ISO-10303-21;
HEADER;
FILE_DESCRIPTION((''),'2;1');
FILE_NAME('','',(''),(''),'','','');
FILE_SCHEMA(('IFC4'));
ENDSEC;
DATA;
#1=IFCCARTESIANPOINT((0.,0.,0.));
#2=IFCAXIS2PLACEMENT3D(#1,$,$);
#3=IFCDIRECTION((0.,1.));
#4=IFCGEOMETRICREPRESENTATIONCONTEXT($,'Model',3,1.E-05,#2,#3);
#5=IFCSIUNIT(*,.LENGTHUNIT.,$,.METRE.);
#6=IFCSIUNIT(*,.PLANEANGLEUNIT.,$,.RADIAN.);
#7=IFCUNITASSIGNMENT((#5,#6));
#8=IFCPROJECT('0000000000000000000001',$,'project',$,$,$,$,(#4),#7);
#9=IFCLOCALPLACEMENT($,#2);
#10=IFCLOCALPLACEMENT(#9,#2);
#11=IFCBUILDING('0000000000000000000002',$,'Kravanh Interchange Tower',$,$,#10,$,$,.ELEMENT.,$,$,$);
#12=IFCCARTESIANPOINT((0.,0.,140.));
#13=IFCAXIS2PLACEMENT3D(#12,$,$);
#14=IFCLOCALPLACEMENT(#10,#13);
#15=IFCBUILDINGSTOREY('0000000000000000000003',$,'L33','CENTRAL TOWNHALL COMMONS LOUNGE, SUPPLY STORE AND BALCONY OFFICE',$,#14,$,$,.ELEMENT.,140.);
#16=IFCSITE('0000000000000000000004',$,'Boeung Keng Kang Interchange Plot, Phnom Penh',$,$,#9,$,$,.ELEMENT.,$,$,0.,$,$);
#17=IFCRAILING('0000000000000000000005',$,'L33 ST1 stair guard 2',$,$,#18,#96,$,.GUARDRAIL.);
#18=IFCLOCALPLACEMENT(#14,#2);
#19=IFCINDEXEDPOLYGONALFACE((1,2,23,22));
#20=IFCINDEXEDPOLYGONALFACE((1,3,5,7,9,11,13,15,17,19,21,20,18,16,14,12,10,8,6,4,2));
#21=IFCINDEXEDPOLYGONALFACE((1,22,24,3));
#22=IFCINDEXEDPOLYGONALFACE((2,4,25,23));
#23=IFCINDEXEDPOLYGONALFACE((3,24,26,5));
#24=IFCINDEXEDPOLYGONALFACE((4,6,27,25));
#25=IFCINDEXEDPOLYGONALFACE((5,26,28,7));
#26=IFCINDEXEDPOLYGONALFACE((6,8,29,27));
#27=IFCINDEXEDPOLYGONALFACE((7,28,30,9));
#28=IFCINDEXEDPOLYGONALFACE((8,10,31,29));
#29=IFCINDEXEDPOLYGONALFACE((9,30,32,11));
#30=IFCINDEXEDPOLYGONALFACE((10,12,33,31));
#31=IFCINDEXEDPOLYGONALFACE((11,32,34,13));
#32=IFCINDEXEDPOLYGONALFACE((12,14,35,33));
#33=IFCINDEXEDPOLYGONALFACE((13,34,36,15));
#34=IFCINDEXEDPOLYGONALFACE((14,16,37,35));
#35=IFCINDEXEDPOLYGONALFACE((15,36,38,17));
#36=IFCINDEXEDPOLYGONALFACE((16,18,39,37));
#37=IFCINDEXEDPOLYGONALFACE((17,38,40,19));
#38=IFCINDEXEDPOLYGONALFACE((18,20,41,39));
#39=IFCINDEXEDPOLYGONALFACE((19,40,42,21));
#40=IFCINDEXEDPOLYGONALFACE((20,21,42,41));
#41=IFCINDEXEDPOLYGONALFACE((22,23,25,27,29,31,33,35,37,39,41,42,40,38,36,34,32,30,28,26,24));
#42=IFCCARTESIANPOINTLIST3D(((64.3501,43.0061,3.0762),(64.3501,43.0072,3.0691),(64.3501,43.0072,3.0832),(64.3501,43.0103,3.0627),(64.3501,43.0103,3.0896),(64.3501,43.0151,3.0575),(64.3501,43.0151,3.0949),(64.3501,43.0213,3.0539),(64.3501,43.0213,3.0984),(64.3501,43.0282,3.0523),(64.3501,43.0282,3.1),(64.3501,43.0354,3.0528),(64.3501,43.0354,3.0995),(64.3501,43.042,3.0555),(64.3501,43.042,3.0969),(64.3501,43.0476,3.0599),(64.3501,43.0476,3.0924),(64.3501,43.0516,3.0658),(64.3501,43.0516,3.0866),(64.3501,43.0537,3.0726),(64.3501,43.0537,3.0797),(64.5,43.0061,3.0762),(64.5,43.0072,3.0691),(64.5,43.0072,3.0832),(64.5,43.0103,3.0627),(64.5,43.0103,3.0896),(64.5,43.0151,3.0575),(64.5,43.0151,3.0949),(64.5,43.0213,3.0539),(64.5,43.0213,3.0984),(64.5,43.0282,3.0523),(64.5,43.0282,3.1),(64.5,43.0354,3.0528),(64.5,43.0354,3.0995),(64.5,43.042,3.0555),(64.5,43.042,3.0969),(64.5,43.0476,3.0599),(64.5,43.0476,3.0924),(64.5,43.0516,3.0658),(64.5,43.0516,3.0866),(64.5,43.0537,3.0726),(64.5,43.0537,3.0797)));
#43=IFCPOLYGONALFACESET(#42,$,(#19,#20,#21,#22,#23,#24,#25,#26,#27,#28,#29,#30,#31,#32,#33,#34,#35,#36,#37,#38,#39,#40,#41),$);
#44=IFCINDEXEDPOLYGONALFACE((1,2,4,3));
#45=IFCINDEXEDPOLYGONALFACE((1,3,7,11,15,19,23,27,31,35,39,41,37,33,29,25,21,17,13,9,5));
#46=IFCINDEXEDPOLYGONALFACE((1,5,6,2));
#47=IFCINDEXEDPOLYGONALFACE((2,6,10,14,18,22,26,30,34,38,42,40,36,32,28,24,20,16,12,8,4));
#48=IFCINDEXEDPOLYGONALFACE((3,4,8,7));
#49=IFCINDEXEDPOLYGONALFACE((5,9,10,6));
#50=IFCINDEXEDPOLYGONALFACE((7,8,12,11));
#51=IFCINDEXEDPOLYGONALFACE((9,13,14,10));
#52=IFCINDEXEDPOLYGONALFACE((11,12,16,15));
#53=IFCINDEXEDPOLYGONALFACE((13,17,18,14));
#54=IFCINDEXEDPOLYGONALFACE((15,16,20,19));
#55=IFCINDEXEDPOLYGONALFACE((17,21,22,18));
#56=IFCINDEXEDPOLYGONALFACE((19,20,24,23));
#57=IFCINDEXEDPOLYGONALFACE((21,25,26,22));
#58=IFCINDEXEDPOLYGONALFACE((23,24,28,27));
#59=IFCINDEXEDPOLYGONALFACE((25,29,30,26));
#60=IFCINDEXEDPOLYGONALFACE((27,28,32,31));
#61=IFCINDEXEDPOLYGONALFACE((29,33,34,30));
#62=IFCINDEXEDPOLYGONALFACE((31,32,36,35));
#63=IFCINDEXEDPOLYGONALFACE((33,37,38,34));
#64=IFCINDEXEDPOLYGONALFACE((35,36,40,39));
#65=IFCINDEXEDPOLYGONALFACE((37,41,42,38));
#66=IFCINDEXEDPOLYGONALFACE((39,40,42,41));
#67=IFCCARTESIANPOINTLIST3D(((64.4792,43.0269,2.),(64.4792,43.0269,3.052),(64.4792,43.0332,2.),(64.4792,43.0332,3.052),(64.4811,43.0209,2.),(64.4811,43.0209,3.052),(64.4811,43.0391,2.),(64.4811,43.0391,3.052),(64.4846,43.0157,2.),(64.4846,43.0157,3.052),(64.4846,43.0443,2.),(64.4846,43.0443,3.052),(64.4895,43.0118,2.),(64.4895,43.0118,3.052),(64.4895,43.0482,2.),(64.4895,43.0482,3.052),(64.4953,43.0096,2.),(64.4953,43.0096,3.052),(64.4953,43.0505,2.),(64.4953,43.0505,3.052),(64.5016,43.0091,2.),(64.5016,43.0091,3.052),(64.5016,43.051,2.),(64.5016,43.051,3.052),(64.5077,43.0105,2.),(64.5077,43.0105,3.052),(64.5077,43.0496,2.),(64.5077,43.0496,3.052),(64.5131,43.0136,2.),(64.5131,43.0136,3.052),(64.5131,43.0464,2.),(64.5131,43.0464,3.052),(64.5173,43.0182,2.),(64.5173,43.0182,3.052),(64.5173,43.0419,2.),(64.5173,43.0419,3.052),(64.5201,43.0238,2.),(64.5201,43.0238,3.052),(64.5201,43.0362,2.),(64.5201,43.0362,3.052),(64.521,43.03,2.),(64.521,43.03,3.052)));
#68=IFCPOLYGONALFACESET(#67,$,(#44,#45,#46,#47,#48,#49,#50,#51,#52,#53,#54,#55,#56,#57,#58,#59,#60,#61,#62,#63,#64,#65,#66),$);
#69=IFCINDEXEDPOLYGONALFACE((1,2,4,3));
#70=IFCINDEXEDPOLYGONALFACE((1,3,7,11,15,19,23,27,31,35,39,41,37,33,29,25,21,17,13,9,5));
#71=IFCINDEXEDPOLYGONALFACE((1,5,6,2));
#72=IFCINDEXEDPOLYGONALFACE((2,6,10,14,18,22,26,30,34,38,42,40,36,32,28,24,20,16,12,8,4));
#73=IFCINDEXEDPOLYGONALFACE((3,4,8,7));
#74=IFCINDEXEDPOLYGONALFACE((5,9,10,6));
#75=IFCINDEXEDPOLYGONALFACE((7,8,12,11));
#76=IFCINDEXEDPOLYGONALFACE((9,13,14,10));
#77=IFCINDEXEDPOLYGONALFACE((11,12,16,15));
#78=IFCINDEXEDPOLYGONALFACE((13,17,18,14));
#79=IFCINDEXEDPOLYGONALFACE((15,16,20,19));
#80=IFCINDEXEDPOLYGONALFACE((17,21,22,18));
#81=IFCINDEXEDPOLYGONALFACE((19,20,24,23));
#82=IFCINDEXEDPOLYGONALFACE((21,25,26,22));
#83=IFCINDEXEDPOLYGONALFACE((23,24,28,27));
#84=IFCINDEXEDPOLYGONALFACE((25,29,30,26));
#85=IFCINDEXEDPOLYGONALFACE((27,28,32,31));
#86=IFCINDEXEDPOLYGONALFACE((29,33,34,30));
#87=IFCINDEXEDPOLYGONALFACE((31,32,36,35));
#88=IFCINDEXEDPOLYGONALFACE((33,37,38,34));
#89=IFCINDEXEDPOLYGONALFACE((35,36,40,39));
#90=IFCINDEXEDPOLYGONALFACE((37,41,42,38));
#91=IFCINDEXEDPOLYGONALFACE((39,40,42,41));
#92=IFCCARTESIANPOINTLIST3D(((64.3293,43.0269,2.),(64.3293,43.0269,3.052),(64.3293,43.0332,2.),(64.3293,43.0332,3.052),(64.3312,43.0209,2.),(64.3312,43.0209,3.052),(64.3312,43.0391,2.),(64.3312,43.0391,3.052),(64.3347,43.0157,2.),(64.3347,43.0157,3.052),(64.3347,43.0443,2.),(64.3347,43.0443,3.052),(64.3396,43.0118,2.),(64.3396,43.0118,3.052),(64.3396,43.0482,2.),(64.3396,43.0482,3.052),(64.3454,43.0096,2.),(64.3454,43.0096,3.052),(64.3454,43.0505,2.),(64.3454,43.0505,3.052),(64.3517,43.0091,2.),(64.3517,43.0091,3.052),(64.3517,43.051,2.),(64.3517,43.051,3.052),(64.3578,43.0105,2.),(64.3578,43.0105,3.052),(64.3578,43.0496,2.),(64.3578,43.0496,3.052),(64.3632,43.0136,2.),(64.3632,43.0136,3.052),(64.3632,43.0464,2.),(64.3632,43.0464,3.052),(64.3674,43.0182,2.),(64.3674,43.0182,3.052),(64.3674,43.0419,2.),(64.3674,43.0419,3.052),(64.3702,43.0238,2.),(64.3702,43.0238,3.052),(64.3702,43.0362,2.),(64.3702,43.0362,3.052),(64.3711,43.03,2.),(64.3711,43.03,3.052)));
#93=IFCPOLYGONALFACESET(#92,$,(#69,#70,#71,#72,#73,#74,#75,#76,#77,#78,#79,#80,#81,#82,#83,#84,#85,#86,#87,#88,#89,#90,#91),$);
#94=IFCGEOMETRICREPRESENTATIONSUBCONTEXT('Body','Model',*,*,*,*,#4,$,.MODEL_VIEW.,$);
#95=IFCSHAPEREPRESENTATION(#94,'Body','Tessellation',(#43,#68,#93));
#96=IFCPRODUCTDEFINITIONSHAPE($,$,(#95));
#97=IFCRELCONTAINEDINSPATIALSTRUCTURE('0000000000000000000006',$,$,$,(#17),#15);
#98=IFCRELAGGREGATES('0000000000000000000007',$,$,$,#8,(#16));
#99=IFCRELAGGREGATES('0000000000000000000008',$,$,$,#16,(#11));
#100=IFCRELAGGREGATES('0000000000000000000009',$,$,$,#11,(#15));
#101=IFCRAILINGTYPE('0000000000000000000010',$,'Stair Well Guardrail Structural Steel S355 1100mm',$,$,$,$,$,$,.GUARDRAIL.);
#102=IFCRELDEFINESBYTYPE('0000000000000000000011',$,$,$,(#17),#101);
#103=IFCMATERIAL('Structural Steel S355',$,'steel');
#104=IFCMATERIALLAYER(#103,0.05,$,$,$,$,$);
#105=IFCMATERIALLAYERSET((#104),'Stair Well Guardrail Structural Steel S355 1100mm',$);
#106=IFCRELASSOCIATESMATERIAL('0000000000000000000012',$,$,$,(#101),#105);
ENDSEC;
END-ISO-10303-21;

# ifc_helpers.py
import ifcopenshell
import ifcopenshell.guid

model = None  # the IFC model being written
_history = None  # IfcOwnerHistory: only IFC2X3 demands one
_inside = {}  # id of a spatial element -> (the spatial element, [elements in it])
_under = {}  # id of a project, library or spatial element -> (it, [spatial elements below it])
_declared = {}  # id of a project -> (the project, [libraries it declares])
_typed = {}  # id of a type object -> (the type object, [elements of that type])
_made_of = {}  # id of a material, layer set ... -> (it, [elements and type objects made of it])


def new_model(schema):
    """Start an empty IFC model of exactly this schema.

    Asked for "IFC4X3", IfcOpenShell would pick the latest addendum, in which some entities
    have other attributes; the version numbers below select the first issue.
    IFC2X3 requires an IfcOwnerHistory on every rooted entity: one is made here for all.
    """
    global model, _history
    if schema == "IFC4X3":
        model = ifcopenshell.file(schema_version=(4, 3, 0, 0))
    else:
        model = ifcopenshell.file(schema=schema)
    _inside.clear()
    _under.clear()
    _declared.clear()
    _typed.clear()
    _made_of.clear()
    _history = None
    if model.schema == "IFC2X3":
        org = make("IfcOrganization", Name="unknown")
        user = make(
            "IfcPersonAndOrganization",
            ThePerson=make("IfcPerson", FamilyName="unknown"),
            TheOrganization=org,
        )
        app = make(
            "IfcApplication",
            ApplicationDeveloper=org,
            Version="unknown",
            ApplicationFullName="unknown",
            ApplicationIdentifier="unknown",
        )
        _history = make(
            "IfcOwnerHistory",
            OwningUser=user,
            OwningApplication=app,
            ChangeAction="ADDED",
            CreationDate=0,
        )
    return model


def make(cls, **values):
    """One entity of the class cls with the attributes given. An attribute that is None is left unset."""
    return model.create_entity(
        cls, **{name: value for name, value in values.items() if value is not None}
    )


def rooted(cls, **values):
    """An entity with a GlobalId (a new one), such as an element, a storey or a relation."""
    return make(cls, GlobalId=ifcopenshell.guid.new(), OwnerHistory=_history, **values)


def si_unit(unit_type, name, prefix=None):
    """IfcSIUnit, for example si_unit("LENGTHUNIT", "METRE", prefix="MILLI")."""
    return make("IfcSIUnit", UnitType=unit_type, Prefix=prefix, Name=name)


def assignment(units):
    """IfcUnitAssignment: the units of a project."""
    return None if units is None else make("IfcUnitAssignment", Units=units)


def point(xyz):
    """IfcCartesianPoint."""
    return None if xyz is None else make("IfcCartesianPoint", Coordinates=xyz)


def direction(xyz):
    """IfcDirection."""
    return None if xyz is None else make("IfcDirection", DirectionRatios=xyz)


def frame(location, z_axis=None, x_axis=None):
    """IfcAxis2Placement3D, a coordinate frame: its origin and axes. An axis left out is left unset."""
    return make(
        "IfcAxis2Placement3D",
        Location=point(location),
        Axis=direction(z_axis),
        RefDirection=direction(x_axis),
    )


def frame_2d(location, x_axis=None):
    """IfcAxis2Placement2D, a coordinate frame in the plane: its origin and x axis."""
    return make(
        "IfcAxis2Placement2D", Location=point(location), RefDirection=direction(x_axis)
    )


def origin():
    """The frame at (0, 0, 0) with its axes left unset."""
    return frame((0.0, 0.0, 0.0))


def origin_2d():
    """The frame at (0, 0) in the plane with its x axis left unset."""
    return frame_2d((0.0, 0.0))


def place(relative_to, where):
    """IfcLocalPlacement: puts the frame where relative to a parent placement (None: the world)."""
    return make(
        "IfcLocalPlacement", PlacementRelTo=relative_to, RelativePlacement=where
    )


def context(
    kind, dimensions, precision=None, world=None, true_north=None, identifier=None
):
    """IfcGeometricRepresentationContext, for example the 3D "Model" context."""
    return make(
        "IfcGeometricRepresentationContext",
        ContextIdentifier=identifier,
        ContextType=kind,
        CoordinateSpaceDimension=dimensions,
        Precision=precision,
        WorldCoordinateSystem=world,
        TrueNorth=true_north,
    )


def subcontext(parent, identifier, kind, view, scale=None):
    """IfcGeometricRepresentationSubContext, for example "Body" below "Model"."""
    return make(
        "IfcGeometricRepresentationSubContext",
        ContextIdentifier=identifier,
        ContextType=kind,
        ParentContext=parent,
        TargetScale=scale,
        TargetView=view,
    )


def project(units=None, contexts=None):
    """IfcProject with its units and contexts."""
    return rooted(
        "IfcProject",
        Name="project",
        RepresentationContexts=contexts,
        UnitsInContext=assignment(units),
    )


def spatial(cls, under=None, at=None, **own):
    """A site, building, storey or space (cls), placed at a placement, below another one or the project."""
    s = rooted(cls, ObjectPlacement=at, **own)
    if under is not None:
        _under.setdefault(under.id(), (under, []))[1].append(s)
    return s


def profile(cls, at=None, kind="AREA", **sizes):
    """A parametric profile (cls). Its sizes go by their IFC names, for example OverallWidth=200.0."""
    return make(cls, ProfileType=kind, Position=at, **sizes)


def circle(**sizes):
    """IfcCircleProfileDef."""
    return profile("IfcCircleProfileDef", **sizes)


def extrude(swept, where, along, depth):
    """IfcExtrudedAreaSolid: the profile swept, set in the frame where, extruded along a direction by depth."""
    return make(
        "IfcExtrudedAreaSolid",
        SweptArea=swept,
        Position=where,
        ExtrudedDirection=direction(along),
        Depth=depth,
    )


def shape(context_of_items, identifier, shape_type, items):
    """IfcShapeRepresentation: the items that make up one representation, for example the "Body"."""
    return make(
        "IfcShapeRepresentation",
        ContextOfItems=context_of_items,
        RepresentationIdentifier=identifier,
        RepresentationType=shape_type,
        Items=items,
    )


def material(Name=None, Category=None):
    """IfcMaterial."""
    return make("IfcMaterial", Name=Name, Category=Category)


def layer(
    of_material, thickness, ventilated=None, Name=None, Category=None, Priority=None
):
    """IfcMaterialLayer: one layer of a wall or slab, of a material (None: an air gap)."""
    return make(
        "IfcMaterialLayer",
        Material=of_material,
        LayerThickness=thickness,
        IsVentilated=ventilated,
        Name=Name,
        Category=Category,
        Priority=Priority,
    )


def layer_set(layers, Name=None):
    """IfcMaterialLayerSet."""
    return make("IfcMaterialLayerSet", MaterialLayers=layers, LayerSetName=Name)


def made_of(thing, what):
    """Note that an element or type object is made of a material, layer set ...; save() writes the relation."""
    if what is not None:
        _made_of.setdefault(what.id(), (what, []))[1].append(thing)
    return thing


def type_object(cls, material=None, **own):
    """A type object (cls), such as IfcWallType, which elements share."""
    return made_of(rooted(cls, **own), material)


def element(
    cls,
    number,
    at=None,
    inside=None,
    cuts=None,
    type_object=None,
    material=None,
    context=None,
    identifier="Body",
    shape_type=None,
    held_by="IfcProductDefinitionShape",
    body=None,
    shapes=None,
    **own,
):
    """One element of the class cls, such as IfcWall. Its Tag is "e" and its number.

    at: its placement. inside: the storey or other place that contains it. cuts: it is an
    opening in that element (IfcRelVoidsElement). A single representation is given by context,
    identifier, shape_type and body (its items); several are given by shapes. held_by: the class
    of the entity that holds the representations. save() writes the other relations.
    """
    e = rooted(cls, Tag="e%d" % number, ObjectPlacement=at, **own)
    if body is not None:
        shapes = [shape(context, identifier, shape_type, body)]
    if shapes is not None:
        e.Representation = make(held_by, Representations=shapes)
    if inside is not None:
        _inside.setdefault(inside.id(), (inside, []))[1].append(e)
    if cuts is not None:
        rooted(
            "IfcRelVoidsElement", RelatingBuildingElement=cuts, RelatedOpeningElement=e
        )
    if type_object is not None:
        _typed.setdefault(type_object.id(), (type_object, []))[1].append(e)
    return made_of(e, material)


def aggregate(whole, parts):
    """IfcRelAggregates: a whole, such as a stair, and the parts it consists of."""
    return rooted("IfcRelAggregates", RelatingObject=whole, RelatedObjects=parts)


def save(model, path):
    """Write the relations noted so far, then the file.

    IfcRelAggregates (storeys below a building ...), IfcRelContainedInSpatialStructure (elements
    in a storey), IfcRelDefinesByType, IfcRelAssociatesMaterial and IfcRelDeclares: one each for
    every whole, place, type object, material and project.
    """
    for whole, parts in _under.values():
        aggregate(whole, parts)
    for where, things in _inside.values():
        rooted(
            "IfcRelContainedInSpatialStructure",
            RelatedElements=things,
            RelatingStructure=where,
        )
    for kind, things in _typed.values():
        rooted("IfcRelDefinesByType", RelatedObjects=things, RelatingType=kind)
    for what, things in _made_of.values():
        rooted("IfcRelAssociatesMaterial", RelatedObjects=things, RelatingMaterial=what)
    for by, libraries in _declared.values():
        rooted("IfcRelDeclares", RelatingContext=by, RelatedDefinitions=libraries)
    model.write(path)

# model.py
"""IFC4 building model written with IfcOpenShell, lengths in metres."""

from ifc_helpers import new_model, si_unit, direction, frame, origin, origin_2d, place, context, subcontext, project, spatial, circle, extrude, material, layer, layer_set, type_object, element, save


model = new_model("IFC4")

# Units and contexts
model_context = context("Model", 3, precision=1e-05, world=origin(), true_north=direction((0.0, 1.0)))
body_context = subcontext(model_context, "Body", "Model", "MODEL_VIEW")
ifc_project = project(units=[si_unit("LENGTHUNIT", "METRE"), si_unit("PLANEANGLEUNIT", "RADIAN")], contexts=[model_context])

# Site, building, storey
site_placement = place(None, origin())
site = spatial("IfcSite", under=ifc_project, at=site_placement, Name="Boeung Keng Kang Interchange Plot, Phnom Penh", CompositionType="ELEMENT", RefElevation=0.0)
building_placement = place(site_placement, origin())
building = spatial("IfcBuilding", under=site, at=building_placement, Name="Kravanh Interchange Tower", CompositionType="ELEMENT")
storey_placement = place(building_placement, frame((0.0, 0.0, 140.0)))
storey = spatial("IfcBuildingStorey", under=building, at=storey_placement, Name="L33", Description="CENTRAL TOWNHALL COMMONS LOUNGE, SUPPLY STORE AND BALCONY OFFICE", CompositionType="ELEMENT", Elevation=140.0)

# Railing
ifc_material_1 = material(Name="Structural Steel S355", Category="steel")
ifc_layer_1 = layer(ifc_material_1, 0.05)
ifc_layer_set_1 = layer_set([ifc_layer_1], Name="Stair Well Guardrail Structural Steel S355 1100mm")
railing_type_1 = type_object("IfcRailingType", Name="Stair Well Guardrail Structural Steel S355 1100mm", PredefinedType="GUARDRAIL", material=ifc_layer_set_1)
railing_1_placement = place(storey_placement, frame((64.5, 43.03, 2.0)))
element("IfcRailing", 1, at=railing_1_placement, inside=storey, type_object=railing_type_1, Name="L33 ST1 stair guard 2", PredefinedType="GUARDRAIL", context=body_context, shape_type="SweptSolid", body=[
    extrude(circle(Radius=0.0239, at=origin_2d()), frame((0.0, 0.0, 1.0762), z_axis=(-1.0, 0.0, 0.0), x_axis=(0.0, -1.0, 0.0)), (0.0, 0.0, 1.0), 0.1499),
    extrude(circle(Radius=0.021, at=origin_2d()), origin(), (0.0, 0.0, 1.0), 1.052),
    extrude(circle(Radius=0.021, at=origin_2d()), frame((-0.1499, 0.0, 0.0)), (0.0, 0.0, 1.0), 1.052),
])

save(model, "model.ifc")
